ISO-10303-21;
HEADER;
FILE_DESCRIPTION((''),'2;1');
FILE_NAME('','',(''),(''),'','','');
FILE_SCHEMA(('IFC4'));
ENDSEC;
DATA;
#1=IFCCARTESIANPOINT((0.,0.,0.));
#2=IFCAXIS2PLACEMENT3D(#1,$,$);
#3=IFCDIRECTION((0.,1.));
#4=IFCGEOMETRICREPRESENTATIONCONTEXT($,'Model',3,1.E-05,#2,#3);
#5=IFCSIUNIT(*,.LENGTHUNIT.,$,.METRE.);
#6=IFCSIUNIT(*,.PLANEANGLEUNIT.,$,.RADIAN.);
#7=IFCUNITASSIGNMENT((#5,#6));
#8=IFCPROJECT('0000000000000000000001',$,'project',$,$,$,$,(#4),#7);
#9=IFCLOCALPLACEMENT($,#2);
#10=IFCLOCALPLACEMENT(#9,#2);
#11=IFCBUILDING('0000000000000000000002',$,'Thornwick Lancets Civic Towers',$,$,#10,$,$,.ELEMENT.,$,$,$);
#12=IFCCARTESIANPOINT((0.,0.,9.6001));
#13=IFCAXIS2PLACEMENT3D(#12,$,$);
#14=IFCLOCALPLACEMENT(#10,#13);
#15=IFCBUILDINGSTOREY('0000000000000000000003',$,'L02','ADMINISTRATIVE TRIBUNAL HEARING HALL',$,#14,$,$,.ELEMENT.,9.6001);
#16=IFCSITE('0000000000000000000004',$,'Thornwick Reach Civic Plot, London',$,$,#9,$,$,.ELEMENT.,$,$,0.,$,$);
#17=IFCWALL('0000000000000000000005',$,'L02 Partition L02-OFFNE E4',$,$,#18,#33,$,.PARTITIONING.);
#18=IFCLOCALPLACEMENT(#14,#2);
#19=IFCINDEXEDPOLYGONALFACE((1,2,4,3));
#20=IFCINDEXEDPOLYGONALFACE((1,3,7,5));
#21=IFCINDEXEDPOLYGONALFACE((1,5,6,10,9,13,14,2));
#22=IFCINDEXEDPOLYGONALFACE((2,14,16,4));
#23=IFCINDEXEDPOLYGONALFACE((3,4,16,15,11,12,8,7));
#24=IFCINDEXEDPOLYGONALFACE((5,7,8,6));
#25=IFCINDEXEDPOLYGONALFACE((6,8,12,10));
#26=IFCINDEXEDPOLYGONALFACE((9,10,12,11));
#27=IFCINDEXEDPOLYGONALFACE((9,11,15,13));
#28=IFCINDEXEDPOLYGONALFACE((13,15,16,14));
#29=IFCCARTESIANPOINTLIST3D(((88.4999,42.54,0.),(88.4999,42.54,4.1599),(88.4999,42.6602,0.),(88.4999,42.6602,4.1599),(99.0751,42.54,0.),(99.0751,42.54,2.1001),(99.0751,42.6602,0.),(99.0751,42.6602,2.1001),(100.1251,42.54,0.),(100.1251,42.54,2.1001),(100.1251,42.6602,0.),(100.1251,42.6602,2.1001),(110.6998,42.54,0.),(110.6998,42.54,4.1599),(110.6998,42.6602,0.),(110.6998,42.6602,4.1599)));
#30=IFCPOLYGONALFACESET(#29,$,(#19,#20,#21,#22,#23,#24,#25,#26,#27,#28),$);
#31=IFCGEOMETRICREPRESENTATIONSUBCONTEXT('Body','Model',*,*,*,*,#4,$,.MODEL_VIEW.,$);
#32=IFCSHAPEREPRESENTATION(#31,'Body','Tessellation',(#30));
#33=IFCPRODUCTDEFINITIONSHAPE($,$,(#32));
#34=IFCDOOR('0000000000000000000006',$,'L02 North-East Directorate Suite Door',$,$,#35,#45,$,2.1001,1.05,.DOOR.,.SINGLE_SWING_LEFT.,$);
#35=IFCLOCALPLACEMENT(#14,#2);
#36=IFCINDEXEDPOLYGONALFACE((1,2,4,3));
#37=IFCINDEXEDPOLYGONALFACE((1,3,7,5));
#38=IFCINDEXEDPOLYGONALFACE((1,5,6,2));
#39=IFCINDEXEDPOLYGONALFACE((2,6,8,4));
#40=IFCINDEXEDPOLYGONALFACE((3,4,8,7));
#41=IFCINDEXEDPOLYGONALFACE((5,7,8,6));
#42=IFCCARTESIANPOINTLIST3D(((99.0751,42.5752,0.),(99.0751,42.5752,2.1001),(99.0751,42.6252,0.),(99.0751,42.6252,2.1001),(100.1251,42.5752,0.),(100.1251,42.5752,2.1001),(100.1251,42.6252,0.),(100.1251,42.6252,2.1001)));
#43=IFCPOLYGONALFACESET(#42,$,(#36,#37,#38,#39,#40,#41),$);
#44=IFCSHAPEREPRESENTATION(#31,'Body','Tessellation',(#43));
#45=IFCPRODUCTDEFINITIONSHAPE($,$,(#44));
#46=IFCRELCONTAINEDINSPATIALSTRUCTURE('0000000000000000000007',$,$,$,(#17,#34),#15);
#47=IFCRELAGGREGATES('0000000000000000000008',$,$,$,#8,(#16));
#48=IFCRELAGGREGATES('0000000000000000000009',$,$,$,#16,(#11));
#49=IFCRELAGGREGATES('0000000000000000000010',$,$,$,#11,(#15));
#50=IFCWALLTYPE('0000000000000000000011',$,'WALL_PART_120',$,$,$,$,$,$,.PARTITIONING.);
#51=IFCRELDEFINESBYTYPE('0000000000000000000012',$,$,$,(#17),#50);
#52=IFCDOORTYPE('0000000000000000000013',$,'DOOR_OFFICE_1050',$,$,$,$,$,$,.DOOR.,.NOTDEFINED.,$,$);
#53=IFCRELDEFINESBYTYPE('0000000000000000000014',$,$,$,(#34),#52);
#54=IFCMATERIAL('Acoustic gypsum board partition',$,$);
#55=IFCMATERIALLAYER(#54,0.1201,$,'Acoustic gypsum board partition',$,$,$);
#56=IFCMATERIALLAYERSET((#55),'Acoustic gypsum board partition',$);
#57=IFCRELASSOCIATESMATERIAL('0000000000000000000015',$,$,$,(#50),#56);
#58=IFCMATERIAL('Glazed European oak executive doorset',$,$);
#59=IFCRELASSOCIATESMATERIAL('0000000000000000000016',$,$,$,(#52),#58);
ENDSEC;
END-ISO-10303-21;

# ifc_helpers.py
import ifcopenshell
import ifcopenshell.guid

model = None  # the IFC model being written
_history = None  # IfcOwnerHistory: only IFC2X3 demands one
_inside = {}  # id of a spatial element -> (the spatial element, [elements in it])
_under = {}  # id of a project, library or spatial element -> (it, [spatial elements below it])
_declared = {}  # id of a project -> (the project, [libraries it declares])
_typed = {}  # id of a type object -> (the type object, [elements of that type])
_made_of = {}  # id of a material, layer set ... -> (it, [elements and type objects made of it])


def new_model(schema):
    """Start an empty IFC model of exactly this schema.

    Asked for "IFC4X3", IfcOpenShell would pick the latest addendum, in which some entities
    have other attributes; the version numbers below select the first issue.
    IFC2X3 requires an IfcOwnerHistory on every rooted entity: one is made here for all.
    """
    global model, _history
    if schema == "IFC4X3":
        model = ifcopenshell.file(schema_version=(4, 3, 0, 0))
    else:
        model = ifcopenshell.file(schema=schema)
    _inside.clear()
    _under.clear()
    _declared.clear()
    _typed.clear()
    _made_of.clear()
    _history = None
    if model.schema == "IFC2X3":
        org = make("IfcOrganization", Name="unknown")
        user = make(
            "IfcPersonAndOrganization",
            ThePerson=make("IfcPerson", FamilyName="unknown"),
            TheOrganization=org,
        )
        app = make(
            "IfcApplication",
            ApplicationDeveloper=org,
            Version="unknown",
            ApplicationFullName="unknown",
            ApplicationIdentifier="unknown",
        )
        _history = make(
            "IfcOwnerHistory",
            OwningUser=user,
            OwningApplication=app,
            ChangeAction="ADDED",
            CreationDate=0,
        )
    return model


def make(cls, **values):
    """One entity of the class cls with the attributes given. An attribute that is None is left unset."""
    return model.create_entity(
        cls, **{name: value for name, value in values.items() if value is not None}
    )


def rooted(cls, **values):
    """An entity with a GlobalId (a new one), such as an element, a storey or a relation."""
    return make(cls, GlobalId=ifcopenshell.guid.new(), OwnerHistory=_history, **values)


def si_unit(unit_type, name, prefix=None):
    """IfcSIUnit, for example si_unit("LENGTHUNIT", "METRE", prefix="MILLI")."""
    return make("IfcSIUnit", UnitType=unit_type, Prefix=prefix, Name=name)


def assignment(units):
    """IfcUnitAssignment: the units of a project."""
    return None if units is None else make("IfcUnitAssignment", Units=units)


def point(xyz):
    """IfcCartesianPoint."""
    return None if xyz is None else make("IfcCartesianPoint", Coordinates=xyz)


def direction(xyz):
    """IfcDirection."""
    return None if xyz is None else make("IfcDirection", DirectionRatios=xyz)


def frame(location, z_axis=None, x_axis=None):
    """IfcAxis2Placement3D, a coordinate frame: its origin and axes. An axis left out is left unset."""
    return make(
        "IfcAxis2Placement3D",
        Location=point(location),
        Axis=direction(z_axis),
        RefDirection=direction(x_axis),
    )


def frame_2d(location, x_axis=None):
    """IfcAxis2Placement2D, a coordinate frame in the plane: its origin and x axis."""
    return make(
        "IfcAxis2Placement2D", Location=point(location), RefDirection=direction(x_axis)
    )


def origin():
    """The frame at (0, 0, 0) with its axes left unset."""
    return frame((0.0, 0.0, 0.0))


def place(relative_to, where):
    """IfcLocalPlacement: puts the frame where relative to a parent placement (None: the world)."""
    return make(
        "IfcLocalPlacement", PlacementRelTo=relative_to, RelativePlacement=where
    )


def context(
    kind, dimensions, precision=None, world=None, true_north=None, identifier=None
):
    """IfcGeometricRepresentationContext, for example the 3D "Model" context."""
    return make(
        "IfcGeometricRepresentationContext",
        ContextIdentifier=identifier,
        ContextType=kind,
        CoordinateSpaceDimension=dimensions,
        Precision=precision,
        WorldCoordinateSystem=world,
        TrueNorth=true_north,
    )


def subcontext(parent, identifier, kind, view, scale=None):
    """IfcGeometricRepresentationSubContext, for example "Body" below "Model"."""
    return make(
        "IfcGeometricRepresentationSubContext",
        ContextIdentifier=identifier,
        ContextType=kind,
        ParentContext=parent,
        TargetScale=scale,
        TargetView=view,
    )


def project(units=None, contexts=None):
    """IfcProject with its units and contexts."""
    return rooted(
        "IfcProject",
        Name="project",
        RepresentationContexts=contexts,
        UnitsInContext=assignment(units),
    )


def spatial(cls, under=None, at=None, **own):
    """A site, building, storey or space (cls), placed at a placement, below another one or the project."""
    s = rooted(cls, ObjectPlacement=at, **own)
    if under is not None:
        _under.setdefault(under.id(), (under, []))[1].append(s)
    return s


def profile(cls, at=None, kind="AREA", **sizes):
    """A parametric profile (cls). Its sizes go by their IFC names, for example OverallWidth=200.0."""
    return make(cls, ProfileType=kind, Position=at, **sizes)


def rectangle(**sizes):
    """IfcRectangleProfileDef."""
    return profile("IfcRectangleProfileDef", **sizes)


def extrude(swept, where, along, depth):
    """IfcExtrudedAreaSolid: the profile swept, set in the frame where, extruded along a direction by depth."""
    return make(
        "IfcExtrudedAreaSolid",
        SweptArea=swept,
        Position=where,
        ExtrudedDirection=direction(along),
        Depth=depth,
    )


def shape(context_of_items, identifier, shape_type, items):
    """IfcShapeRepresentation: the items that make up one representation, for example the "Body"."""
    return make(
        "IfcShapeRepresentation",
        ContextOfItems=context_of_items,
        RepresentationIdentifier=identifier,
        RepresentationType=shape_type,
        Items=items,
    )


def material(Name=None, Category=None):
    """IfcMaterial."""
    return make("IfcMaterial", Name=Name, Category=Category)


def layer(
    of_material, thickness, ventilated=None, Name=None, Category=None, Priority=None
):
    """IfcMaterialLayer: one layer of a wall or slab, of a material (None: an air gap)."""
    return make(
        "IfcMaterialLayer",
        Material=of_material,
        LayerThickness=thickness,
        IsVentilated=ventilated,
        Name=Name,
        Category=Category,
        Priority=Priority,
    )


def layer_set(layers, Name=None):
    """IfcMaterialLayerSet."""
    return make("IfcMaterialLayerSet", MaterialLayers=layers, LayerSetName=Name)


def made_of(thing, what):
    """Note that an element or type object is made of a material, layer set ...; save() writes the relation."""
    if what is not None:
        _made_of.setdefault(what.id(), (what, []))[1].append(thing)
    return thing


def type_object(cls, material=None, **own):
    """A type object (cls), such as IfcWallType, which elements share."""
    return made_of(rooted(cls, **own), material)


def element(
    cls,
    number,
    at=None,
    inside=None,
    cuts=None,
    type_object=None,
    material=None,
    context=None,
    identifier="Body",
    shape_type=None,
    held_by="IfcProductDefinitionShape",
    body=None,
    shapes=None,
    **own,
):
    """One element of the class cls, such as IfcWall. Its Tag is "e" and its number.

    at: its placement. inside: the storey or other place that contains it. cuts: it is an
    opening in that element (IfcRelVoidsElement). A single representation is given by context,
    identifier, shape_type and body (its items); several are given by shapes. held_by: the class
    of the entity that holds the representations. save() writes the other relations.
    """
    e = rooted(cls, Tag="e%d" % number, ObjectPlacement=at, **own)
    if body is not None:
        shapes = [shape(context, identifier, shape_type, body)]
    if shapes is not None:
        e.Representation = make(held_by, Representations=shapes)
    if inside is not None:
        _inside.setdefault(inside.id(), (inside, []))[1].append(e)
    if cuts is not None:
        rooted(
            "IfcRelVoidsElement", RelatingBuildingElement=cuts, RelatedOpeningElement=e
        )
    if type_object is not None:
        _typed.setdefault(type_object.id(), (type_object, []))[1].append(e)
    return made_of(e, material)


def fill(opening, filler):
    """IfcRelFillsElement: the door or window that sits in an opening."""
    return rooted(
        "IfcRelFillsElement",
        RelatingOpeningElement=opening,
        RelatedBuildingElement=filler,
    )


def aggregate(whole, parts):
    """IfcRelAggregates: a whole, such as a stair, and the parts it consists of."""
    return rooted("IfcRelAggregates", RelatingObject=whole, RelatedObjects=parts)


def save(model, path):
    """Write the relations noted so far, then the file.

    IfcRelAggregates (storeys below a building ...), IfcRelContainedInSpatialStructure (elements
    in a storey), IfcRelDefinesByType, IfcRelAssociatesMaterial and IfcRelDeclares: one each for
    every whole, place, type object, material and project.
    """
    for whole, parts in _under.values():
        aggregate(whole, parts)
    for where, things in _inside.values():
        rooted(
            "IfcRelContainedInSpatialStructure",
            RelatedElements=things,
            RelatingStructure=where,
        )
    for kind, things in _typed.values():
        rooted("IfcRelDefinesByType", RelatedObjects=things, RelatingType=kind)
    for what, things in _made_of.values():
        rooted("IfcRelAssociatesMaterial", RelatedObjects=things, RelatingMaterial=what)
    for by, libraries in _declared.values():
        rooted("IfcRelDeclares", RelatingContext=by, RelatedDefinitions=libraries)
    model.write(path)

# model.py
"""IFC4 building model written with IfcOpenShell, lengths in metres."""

from ifc_helpers import new_model, si_unit, direction, frame, frame_2d, origin, place, context, subcontext, project, spatial, rectangle, extrude, material, layer, layer_set, type_object, element, fill, save


model = new_model("IFC4")

# Units and contexts
model_context = context("Model", 3, precision=1e-05, world=origin(), true_north=direction((0.0, 1.0)))
body_context = subcontext(model_context, "Body", "Model", "MODEL_VIEW")
ifc_project = project(units=[si_unit("LENGTHUNIT", "METRE"), si_unit("PLANEANGLEUNIT", "RADIAN")], contexts=[model_context])

# Site, building, storey
site_placement = place(None, origin())
site = spatial("IfcSite", under=ifc_project, at=site_placement, Name="Thornwick Reach Civic Plot, London", CompositionType="ELEMENT", RefElevation=0.0)
building_placement = place(site_placement, origin())
building = spatial("IfcBuilding", under=site, at=building_placement, Name="Thornwick Lancets Civic Towers", CompositionType="ELEMENT")
storey_placement = place(building_placement, frame((0.0, 0.0, 9.6001)))
storey = spatial("IfcBuildingStorey", under=building, at=storey_placement, Name="L02", Description="ADMINISTRATIVE TRIBUNAL HEARING HALL", CompositionType="ELEMENT", Elevation=9.6001)

# Wall, opening, door
ifc_material_1 = material(Name="Acoustic gypsum board partition")
ifc_layer_1 = layer(ifc_material_1, 0.1201, Name="Acoustic gypsum board partition")
ifc_layer_set_1 = layer_set([ifc_layer_1], Name="Acoustic gypsum board partition")
wall_type_1 = type_object("IfcWallType", Name="WALL_PART_120", PredefinedType="PARTITIONING", material=ifc_layer_set_1)
ifc_material_2 = material(Name="Glazed European oak executive doorset")
door_type_1 = type_object("IfcDoorType", Name="DOOR_OFFICE_1050", OperationType="NOTDEFINED", PredefinedType="DOOR", material=ifc_material_2)
wall_1_placement = place(storey_placement, frame((110.7, 42.6001, 0.0), z_axis=(0.0, 0.0, 1.0), x_axis=(-1.0, 0.0, 0.0)))
wall_1 = element("IfcWall", 1, at=wall_1_placement, inside=storey, type_object=wall_type_1, Name="L02 Partition L02-OFFNE E4", PredefinedType="PARTITIONING", context=body_context, shape_type="SweptSolid", body=[
    extrude(rectangle(XDim=22.2, YDim=0.1201, at=frame_2d((11.1001, 0.0))), origin(), (0.0, 0.0, 1.0), 4.1599),
])
opening_1_placement = place(wall_1_placement, frame((10.575, 0.0, 0.0)))
opening_1 = element("IfcOpeningElement", 2, at=opening_1_placement, cuts=wall_1, PredefinedType="OPENING", context=body_context, shape_type="SweptSolid", body=[
    extrude(rectangle(XDim=1.05, YDim=2.1001, at=frame_2d((0.5249, 1.05))), frame((0.0, 0.0701, 0.0), z_axis=(0.0, -1.0, 0.0), x_axis=(1.0, 0.0, 0.0)), (0.0, 0.0, 1.0), 0.1401),
])
door_1_placement = place(opening_1_placement, origin())
door_1 = element("IfcDoor", 3, at=door_1_placement, inside=storey, type_object=door_type_1, Name="L02 North-East Directorate Suite Door", OperationType="SINGLE_SWING_LEFT", OverallHeight=2.1001, OverallWidth=1.05, PredefinedType="DOOR", context=body_context, shape_type="SweptSolid", body=[
    extrude(rectangle(XDim=1.05, YDim=2.1001, at=frame_2d((0.5249, 1.05))), frame((0.0, 0.0249, 0.0), z_axis=(0.0, -1.0, 0.0), x_axis=(1.0, 0.0, 0.0)), (0.0, 0.0, 1.0), 0.05),
])
fill(opening_1, door_1)

save(model, "model.ifc")
